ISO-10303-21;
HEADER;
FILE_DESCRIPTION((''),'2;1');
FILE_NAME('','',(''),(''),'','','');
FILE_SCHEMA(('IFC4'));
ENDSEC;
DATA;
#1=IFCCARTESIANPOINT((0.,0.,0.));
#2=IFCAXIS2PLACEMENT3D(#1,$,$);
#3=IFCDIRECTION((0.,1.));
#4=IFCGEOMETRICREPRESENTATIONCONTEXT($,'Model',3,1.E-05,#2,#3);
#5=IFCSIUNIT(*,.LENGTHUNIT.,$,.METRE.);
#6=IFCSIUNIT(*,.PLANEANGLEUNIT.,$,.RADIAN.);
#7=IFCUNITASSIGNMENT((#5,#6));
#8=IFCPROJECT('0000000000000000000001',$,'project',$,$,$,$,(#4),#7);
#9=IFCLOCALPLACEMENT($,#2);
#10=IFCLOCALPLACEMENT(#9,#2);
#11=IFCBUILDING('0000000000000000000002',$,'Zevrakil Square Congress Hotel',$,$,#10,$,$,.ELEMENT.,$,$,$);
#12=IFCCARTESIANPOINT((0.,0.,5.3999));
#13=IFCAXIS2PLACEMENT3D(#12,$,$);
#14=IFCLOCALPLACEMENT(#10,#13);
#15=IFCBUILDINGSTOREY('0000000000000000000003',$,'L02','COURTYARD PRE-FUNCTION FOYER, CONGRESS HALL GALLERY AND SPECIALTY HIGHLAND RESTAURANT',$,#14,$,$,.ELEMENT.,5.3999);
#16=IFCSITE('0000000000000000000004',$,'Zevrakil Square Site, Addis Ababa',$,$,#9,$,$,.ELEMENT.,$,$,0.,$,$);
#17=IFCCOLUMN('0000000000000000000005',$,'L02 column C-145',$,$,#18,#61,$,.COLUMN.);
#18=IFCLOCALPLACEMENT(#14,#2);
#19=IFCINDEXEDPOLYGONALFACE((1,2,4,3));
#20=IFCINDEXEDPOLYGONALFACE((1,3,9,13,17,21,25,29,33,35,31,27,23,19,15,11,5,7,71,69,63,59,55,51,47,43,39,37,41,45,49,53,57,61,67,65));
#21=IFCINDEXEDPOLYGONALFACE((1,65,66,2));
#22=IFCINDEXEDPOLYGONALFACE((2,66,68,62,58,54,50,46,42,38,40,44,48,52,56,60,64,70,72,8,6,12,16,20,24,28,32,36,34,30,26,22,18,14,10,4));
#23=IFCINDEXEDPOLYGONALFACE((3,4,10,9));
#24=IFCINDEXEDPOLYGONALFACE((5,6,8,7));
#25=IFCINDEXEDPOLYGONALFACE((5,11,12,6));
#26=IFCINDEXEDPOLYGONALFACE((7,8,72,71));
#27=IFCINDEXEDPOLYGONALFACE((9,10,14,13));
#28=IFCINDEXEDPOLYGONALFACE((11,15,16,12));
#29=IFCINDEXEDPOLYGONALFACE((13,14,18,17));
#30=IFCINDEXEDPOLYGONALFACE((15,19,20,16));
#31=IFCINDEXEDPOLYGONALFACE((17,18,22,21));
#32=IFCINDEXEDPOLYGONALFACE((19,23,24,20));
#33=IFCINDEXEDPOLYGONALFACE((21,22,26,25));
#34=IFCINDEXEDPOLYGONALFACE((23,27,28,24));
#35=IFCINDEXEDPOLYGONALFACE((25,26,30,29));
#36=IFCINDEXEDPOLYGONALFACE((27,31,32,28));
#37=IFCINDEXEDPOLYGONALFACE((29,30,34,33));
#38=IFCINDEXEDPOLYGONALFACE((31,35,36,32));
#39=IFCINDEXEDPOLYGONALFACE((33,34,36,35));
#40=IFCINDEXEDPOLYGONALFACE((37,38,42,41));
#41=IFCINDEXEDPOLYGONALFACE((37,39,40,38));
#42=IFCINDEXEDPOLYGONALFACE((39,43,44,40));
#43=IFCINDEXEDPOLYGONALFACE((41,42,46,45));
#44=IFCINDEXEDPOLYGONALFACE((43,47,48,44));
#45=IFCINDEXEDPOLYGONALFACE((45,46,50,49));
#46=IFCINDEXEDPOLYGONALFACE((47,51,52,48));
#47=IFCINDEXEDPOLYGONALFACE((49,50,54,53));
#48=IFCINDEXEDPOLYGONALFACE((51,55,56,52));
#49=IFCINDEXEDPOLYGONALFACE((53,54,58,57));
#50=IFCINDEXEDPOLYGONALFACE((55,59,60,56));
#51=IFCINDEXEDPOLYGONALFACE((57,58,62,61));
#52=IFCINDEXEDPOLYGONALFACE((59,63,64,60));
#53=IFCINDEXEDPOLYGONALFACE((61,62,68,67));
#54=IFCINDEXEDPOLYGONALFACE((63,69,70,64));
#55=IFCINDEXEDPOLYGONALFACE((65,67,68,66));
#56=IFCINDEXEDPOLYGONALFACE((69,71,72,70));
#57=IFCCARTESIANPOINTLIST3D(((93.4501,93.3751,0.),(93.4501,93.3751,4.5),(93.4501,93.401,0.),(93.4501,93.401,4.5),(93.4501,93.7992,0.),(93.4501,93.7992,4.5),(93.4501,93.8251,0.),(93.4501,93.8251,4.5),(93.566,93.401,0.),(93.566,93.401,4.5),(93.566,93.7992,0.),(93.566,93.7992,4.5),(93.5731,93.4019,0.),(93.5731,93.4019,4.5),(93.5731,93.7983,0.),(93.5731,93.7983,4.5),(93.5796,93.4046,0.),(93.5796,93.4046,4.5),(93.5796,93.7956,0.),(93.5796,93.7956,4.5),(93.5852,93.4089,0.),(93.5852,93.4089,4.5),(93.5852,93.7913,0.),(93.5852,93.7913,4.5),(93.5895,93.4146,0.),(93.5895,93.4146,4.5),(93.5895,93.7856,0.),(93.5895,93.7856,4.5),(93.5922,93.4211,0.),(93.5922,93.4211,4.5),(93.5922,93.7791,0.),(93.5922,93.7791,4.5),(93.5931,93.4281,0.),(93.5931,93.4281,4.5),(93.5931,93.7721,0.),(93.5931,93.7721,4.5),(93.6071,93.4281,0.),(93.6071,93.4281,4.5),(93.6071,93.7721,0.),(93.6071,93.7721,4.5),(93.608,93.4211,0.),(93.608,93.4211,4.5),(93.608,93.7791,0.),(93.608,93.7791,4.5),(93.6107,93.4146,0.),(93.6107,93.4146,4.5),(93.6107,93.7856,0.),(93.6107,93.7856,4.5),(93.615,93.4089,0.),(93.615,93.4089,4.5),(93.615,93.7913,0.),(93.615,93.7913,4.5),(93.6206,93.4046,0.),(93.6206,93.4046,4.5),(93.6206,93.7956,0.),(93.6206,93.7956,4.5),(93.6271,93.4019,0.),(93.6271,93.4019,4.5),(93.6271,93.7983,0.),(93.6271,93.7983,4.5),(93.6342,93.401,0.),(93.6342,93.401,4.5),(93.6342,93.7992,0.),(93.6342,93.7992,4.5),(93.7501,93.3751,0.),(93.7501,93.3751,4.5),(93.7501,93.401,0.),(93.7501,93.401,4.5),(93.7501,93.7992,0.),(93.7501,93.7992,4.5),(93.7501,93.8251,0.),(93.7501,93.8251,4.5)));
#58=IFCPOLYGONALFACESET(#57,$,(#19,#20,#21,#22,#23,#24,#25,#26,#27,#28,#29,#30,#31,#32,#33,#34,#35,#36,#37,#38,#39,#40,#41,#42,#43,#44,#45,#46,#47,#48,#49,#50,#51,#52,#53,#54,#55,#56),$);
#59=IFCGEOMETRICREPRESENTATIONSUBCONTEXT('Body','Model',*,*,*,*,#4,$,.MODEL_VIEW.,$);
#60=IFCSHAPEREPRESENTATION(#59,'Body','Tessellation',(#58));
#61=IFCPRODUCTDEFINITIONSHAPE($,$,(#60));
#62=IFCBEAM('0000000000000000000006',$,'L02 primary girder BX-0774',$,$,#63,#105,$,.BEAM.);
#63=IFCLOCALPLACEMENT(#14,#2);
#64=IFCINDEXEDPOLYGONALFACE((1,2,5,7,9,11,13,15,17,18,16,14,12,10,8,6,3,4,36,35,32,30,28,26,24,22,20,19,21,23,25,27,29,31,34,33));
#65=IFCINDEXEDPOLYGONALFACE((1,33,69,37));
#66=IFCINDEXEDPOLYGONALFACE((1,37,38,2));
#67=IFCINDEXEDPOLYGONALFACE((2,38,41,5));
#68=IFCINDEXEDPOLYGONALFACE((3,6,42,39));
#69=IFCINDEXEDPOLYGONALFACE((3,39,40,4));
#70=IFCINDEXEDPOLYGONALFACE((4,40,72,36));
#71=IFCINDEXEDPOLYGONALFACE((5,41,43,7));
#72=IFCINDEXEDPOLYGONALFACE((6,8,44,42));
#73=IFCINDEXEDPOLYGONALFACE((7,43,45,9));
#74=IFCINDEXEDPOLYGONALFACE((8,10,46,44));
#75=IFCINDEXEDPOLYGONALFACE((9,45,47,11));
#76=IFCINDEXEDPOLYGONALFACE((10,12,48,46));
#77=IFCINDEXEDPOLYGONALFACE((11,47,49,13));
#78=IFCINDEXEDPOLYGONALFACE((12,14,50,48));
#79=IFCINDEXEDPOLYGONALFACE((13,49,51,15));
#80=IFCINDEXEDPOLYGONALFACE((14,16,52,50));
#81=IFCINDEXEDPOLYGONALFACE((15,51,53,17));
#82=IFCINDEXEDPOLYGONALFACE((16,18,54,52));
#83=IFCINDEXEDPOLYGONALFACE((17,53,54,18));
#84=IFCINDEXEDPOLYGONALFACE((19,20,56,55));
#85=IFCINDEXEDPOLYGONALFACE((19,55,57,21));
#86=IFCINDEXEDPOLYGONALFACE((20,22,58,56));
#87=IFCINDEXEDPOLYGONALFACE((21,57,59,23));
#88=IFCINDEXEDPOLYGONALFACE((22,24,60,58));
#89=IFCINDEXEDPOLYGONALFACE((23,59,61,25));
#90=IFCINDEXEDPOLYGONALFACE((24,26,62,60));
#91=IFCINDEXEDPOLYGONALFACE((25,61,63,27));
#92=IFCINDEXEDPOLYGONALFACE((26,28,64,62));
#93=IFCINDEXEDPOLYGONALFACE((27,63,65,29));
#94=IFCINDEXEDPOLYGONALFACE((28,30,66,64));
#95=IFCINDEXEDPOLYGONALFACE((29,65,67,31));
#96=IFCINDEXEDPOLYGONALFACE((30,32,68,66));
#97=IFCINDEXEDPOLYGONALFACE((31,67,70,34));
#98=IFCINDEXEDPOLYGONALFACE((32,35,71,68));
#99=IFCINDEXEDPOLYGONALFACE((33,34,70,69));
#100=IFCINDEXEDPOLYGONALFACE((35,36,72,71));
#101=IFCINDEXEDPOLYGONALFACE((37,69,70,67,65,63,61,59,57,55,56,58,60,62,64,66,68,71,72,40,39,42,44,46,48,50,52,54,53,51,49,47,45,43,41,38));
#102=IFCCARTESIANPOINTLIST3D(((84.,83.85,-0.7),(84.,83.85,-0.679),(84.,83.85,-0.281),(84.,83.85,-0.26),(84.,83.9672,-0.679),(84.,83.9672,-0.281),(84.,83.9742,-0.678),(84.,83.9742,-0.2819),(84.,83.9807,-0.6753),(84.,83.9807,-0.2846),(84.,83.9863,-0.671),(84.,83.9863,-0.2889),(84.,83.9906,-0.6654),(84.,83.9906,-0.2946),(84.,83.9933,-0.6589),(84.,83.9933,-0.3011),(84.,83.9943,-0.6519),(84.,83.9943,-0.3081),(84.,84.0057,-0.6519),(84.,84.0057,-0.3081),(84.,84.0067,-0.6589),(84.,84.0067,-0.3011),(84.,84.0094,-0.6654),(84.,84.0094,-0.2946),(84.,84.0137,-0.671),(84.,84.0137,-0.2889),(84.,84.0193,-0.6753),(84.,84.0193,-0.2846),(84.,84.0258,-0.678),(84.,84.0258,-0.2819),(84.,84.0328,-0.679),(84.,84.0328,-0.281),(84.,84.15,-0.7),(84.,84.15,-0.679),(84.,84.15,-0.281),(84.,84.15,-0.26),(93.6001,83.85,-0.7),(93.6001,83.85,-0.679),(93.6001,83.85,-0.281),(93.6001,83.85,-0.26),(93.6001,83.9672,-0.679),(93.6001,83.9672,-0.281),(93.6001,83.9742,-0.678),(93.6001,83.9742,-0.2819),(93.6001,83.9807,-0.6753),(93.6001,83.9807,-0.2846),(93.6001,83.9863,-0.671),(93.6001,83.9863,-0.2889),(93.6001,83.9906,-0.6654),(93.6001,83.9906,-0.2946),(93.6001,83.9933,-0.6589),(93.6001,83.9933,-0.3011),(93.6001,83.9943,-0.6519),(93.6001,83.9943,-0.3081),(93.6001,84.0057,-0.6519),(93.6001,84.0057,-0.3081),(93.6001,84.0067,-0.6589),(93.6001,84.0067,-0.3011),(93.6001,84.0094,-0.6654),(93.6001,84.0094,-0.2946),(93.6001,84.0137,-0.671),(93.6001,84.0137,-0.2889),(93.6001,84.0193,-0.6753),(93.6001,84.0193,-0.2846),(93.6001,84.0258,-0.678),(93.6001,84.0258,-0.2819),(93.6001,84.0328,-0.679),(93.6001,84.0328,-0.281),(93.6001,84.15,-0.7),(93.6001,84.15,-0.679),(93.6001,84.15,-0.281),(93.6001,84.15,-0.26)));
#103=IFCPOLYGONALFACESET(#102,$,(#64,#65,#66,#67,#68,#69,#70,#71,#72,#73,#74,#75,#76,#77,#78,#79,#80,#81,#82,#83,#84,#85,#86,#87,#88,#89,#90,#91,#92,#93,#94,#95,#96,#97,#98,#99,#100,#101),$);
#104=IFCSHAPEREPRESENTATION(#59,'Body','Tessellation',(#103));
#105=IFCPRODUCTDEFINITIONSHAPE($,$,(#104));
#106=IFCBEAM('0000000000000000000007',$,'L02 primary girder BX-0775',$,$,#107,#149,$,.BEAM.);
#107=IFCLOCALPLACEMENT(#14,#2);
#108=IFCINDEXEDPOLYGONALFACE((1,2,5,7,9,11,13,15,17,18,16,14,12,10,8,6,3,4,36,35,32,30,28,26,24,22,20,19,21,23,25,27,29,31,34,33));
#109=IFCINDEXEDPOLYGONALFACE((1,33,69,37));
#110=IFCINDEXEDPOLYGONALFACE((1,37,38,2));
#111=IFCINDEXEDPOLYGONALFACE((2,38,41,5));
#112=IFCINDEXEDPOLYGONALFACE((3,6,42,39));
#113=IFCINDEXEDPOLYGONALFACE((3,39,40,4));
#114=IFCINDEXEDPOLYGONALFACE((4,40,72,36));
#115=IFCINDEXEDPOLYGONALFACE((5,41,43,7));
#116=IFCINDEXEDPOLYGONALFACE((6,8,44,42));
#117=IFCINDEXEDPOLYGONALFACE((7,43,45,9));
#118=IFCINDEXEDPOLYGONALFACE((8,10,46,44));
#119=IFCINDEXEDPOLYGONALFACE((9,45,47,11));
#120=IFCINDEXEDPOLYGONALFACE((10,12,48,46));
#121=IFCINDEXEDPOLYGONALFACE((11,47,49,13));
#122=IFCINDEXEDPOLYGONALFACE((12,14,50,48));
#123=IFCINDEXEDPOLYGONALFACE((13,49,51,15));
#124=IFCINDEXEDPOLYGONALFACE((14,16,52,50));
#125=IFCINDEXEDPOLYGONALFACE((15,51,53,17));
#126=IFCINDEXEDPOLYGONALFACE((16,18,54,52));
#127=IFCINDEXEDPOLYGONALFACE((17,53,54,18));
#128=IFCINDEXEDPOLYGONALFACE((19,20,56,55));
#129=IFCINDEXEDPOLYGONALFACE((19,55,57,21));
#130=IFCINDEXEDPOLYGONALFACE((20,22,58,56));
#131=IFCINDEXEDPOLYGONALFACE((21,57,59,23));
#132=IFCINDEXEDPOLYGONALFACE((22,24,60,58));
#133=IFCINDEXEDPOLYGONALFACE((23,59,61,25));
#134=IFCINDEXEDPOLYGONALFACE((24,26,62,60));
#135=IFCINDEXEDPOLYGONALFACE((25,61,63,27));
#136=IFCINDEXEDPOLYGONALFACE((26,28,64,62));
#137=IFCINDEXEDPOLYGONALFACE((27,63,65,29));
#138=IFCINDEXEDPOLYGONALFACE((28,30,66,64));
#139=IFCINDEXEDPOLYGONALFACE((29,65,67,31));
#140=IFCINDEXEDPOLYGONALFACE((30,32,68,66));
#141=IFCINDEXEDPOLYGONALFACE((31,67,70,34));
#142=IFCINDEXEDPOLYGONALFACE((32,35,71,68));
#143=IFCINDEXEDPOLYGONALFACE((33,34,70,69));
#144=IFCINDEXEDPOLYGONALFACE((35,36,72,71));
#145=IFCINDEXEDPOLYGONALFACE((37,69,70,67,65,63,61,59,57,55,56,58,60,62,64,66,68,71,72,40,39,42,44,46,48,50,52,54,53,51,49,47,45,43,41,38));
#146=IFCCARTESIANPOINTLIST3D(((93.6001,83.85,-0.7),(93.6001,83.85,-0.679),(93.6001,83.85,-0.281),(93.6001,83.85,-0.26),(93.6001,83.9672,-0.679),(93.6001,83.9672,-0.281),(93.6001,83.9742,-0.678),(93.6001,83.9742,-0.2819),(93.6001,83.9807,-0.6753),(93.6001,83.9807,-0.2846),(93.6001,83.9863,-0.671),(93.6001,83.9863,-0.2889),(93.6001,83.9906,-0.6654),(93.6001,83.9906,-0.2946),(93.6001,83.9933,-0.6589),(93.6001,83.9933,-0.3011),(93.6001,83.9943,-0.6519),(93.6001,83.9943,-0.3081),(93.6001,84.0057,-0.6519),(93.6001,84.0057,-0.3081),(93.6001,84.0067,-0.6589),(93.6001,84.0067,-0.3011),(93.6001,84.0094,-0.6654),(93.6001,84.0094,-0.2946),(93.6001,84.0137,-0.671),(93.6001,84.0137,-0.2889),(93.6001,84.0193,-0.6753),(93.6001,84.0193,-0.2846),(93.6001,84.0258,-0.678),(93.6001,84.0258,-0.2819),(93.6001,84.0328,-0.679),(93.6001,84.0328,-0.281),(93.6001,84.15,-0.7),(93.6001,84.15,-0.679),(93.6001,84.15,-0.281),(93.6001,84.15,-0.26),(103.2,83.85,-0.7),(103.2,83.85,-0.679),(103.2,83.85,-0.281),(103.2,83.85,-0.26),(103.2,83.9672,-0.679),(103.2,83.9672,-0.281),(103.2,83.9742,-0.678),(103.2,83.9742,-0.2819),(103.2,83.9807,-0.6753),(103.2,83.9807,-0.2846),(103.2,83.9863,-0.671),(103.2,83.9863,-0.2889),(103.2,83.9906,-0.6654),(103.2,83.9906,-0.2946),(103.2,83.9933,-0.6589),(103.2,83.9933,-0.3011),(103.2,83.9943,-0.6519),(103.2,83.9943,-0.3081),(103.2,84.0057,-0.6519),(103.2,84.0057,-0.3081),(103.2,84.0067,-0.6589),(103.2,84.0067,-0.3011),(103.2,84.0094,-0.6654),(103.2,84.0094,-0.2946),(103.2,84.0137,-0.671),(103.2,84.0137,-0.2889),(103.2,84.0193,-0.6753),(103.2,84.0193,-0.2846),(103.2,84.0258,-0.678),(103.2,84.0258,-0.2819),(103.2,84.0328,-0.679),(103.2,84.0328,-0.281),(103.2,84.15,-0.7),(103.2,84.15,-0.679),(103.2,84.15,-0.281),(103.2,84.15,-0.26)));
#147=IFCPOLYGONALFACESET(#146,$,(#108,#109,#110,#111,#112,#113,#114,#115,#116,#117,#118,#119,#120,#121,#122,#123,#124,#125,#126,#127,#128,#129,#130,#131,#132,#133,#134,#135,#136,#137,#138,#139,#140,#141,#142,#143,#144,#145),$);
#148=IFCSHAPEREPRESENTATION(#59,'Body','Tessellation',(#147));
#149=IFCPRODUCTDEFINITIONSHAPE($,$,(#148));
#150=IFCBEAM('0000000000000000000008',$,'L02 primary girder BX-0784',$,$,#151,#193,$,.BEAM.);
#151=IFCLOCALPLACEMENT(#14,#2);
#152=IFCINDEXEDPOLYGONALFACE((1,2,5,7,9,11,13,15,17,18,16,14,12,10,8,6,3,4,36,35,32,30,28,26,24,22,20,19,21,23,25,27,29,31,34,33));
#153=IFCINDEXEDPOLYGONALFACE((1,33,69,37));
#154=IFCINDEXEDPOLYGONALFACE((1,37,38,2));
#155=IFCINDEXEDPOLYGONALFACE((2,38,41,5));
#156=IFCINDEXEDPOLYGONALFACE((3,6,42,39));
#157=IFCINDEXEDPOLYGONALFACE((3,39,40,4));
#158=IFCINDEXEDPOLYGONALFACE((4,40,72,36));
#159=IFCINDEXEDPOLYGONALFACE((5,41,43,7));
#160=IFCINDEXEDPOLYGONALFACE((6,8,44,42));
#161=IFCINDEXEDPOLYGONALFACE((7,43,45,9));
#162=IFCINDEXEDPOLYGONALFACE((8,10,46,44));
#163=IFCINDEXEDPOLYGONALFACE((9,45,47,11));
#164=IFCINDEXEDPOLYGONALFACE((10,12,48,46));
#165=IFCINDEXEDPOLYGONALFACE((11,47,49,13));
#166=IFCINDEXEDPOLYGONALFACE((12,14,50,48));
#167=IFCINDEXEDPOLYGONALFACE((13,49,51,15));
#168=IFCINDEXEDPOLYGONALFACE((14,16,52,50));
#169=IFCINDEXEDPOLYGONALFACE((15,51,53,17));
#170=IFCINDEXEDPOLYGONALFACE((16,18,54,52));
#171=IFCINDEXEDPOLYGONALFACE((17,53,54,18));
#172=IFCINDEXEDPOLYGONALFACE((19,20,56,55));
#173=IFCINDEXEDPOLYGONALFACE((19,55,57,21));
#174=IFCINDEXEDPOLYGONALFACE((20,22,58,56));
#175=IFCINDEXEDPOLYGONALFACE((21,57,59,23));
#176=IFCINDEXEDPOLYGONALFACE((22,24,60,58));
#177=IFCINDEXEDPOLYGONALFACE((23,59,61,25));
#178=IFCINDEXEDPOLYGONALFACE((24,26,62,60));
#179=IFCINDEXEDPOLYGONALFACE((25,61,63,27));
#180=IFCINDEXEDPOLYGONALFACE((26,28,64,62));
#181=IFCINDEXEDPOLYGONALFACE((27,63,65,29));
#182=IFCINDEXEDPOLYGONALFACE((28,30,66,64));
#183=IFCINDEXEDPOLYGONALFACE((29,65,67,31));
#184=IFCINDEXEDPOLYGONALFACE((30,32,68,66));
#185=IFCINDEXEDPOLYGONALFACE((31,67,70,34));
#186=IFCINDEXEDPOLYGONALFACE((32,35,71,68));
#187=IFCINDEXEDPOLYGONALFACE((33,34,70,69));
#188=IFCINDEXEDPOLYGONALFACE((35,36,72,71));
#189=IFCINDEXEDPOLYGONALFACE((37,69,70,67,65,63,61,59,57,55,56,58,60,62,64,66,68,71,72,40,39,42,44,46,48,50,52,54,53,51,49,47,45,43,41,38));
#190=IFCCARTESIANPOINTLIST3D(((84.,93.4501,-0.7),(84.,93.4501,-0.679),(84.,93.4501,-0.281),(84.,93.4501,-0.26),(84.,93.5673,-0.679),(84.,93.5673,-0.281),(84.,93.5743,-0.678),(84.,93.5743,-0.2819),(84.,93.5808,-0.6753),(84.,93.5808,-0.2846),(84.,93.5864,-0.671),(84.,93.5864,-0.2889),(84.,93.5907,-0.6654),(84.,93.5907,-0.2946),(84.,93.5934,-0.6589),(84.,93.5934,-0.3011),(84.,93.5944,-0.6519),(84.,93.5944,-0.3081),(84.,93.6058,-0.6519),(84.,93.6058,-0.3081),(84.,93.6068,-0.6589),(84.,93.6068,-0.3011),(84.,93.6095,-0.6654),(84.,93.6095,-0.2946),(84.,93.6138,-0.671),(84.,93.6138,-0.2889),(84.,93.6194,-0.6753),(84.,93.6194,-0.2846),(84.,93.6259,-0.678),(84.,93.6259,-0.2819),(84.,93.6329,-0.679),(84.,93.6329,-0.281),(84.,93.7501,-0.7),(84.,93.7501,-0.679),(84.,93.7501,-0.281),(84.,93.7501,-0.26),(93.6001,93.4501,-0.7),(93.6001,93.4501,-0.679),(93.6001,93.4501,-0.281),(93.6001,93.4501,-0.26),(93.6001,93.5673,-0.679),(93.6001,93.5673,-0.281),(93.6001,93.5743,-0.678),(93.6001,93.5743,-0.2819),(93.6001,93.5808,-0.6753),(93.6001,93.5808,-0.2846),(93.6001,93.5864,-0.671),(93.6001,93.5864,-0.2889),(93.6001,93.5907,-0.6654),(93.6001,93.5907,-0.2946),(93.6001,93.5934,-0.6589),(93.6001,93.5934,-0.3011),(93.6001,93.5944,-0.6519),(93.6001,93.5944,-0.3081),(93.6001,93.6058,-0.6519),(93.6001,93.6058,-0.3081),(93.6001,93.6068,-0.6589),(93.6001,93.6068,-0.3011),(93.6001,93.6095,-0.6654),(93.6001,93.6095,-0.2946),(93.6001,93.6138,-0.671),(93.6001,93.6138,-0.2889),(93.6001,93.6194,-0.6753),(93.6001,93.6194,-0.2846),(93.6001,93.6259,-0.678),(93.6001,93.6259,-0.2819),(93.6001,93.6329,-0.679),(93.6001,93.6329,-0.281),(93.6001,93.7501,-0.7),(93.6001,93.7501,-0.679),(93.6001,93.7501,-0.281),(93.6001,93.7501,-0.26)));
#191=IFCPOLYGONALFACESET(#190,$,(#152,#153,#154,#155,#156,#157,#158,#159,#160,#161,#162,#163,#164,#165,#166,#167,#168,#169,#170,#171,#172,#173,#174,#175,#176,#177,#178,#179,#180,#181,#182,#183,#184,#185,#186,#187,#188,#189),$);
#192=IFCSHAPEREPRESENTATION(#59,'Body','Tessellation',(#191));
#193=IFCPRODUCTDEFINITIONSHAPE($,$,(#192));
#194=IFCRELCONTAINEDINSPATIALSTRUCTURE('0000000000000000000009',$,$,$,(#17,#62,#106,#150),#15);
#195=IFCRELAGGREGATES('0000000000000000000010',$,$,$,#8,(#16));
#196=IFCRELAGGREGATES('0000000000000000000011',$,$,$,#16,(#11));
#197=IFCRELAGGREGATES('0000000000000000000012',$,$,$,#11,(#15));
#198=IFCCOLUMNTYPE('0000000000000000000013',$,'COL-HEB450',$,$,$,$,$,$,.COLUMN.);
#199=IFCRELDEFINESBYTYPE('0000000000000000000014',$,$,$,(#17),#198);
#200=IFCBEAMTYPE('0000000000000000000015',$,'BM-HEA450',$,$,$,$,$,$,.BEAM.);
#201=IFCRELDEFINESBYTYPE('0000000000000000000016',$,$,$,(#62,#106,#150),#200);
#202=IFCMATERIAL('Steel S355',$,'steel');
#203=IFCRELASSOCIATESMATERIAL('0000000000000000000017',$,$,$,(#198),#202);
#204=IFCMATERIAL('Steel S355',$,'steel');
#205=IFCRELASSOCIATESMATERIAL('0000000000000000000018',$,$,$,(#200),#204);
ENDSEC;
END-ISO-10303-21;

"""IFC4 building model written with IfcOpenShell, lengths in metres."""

from ifc_helpers import new_model, si_unit, direction, frame, origin, origin_2d, place, context, subcontext, project, spatial, i_section, extrude, material, material_profile, profile_set, type_object, element, save


model = new_model("IFC4")

# Units and contexts
model_context = context("Model", 3, precision=1e-05, world=origin(), true_north=direction((0.0, 1.0)))
body_context = subcontext(model_context, "Body", "Model", "MODEL_VIEW")
ifc_project = project(units=[si_unit("LENGTHUNIT", "METRE"), si_unit("PLANEANGLEUNIT", "RADIAN")], contexts=[model_context])

# Site, building, storey
site_placement = place(None, origin())
site = spatial("IfcSite", under=ifc_project, at=site_placement, Name="Zevrakil Square Site, Addis Ababa", CompositionType="ELEMENT", RefElevation=0.0)
building_placement = place(site_placement, origin())
building = spatial("IfcBuilding", under=site, at=building_placement, Name="Zevrakil Square Congress Hotel", CompositionType="ELEMENT")
storey_placement = place(building_placement, frame((0.0, 0.0, 5.3999)))
storey = spatial("IfcBuildingStorey", under=building, at=storey_placement, Name="L02", Description="COURTYARD PRE-FUNCTION FOYER, CONGRESS HALL GALLERY AND SPECIALTY HIGHLAND RESTAURANT", CompositionType="ELEMENT", Elevation=5.3999)

# Column
ifc_material_1 = material(Name="Steel S355", Category="steel")
ifc_material_profile_1 = material_profile(ifc_material_1, i_section(OverallWidth=0.3, OverallDepth=0.45, WebThickness=0.0139, FlangeThickness=0.0259, FilletRadius=0.0271, at=origin_2d()), Name="HEB 450")
ifc_profile_set_1 = profile_set([ifc_material_profile_1], Name="Steel S355")
column_type = type_object("IfcColumnType", Name="COL-HEB450", PredefinedType="COLUMN", material=ifc_profile_set_1)
for number, where, z_axis, x_axis, name in (
    (1, (93.6001, 93.6001, 0.0), (0.0, 0.0, 1.0), (1.0, 0.0, 0.0), "L02 column C-145"),
):
    element("IfcColumn", number, at=place(storey_placement, frame(where, z_axis=z_axis, x_axis=x_axis)), inside=storey, type_object=column_type, Name=name, PredefinedType="COLUMN", context=body_context, shape_type="SweptSolid", body=[
        extrude(i_section(OverallWidth=0.3, OverallDepth=0.45, WebThickness=0.0139, FlangeThickness=0.0259, FilletRadius=0.0271, at=origin_2d()), origin(), (0.0, 0.0, 1.0), 4.5),
    ])

# Beams
ifc_material_2 = material(Name="Steel S355", Category="steel")
ifc_material_profile_2 = material_profile(ifc_material_2, i_section(OverallWidth=0.3, OverallDepth=0.4399, WebThickness=0.0115, FlangeThickness=0.021, FilletRadius=0.0271, at=origin_2d()), Name="HEA 450")
ifc_profile_set_2 = profile_set([ifc_material_profile_2], Name="Steel S355")
beam_type_1 = type_object("IfcBeamType", Name="BM-HEA450", PredefinedType="BEAM", material=ifc_profile_set_2)
beam_1_placement = place(storey_placement, frame((84.0, 84.0, -0.48), z_axis=(1.0, 0.0, 0.0), x_axis=(0.0, 1.0, 0.0)))
element("IfcBeam", 2, at=beam_1_placement, inside=storey, type_object=beam_type_1, Name="L02 primary girder BX-0774", PredefinedType="BEAM", context=body_context, shape_type="SweptSolid", body=[
    extrude(i_section(OverallWidth=0.3, OverallDepth=0.4399, WebThickness=0.0115, FlangeThickness=0.021, FilletRadius=0.0271, at=origin_2d()), origin(), (0.0, 0.0, 1.0), 9.6001),
])
beam_2_placement = place(storey_placement, frame((93.6001, 84.0, -0.48), z_axis=(1.0, 0.0, 0.0), x_axis=(0.0, 1.0, 0.0)))
element("IfcBeam", 3, at=beam_2_placement, inside=storey, type_object=beam_type_1, Name="L02 primary girder BX-0775", PredefinedType="BEAM", context=body_context, shape_type="SweptSolid", body=[
    extrude(i_section(OverallWidth=0.3, OverallDepth=0.4399, WebThickness=0.0115, FlangeThickness=0.021, FilletRadius=0.0271, at=origin_2d()), origin(), (0.0, 0.0, 1.0), 9.5999),
])
beam_3_placement = place(storey_placement, frame((84.0, 93.6001, -0.48), z_axis=(1.0, 0.0, 0.0), x_axis=(0.0, 1.0, 0.0)))
element("IfcBeam", 4, at=beam_3_placement, inside=storey, type_object=beam_type_1, Name="L02 primary girder BX-0784", PredefinedType="BEAM", context=body_context, shape_type="SweptSolid", body=[
    extrude(i_section(OverallWidth=0.3, OverallDepth=0.4399, WebThickness=0.0115, FlangeThickness=0.021, FilletRadius=0.0271, at=origin_2d()), origin(), (0.0, 0.0, 1.0), 9.6001),
])

save(model, "model.ifc")
